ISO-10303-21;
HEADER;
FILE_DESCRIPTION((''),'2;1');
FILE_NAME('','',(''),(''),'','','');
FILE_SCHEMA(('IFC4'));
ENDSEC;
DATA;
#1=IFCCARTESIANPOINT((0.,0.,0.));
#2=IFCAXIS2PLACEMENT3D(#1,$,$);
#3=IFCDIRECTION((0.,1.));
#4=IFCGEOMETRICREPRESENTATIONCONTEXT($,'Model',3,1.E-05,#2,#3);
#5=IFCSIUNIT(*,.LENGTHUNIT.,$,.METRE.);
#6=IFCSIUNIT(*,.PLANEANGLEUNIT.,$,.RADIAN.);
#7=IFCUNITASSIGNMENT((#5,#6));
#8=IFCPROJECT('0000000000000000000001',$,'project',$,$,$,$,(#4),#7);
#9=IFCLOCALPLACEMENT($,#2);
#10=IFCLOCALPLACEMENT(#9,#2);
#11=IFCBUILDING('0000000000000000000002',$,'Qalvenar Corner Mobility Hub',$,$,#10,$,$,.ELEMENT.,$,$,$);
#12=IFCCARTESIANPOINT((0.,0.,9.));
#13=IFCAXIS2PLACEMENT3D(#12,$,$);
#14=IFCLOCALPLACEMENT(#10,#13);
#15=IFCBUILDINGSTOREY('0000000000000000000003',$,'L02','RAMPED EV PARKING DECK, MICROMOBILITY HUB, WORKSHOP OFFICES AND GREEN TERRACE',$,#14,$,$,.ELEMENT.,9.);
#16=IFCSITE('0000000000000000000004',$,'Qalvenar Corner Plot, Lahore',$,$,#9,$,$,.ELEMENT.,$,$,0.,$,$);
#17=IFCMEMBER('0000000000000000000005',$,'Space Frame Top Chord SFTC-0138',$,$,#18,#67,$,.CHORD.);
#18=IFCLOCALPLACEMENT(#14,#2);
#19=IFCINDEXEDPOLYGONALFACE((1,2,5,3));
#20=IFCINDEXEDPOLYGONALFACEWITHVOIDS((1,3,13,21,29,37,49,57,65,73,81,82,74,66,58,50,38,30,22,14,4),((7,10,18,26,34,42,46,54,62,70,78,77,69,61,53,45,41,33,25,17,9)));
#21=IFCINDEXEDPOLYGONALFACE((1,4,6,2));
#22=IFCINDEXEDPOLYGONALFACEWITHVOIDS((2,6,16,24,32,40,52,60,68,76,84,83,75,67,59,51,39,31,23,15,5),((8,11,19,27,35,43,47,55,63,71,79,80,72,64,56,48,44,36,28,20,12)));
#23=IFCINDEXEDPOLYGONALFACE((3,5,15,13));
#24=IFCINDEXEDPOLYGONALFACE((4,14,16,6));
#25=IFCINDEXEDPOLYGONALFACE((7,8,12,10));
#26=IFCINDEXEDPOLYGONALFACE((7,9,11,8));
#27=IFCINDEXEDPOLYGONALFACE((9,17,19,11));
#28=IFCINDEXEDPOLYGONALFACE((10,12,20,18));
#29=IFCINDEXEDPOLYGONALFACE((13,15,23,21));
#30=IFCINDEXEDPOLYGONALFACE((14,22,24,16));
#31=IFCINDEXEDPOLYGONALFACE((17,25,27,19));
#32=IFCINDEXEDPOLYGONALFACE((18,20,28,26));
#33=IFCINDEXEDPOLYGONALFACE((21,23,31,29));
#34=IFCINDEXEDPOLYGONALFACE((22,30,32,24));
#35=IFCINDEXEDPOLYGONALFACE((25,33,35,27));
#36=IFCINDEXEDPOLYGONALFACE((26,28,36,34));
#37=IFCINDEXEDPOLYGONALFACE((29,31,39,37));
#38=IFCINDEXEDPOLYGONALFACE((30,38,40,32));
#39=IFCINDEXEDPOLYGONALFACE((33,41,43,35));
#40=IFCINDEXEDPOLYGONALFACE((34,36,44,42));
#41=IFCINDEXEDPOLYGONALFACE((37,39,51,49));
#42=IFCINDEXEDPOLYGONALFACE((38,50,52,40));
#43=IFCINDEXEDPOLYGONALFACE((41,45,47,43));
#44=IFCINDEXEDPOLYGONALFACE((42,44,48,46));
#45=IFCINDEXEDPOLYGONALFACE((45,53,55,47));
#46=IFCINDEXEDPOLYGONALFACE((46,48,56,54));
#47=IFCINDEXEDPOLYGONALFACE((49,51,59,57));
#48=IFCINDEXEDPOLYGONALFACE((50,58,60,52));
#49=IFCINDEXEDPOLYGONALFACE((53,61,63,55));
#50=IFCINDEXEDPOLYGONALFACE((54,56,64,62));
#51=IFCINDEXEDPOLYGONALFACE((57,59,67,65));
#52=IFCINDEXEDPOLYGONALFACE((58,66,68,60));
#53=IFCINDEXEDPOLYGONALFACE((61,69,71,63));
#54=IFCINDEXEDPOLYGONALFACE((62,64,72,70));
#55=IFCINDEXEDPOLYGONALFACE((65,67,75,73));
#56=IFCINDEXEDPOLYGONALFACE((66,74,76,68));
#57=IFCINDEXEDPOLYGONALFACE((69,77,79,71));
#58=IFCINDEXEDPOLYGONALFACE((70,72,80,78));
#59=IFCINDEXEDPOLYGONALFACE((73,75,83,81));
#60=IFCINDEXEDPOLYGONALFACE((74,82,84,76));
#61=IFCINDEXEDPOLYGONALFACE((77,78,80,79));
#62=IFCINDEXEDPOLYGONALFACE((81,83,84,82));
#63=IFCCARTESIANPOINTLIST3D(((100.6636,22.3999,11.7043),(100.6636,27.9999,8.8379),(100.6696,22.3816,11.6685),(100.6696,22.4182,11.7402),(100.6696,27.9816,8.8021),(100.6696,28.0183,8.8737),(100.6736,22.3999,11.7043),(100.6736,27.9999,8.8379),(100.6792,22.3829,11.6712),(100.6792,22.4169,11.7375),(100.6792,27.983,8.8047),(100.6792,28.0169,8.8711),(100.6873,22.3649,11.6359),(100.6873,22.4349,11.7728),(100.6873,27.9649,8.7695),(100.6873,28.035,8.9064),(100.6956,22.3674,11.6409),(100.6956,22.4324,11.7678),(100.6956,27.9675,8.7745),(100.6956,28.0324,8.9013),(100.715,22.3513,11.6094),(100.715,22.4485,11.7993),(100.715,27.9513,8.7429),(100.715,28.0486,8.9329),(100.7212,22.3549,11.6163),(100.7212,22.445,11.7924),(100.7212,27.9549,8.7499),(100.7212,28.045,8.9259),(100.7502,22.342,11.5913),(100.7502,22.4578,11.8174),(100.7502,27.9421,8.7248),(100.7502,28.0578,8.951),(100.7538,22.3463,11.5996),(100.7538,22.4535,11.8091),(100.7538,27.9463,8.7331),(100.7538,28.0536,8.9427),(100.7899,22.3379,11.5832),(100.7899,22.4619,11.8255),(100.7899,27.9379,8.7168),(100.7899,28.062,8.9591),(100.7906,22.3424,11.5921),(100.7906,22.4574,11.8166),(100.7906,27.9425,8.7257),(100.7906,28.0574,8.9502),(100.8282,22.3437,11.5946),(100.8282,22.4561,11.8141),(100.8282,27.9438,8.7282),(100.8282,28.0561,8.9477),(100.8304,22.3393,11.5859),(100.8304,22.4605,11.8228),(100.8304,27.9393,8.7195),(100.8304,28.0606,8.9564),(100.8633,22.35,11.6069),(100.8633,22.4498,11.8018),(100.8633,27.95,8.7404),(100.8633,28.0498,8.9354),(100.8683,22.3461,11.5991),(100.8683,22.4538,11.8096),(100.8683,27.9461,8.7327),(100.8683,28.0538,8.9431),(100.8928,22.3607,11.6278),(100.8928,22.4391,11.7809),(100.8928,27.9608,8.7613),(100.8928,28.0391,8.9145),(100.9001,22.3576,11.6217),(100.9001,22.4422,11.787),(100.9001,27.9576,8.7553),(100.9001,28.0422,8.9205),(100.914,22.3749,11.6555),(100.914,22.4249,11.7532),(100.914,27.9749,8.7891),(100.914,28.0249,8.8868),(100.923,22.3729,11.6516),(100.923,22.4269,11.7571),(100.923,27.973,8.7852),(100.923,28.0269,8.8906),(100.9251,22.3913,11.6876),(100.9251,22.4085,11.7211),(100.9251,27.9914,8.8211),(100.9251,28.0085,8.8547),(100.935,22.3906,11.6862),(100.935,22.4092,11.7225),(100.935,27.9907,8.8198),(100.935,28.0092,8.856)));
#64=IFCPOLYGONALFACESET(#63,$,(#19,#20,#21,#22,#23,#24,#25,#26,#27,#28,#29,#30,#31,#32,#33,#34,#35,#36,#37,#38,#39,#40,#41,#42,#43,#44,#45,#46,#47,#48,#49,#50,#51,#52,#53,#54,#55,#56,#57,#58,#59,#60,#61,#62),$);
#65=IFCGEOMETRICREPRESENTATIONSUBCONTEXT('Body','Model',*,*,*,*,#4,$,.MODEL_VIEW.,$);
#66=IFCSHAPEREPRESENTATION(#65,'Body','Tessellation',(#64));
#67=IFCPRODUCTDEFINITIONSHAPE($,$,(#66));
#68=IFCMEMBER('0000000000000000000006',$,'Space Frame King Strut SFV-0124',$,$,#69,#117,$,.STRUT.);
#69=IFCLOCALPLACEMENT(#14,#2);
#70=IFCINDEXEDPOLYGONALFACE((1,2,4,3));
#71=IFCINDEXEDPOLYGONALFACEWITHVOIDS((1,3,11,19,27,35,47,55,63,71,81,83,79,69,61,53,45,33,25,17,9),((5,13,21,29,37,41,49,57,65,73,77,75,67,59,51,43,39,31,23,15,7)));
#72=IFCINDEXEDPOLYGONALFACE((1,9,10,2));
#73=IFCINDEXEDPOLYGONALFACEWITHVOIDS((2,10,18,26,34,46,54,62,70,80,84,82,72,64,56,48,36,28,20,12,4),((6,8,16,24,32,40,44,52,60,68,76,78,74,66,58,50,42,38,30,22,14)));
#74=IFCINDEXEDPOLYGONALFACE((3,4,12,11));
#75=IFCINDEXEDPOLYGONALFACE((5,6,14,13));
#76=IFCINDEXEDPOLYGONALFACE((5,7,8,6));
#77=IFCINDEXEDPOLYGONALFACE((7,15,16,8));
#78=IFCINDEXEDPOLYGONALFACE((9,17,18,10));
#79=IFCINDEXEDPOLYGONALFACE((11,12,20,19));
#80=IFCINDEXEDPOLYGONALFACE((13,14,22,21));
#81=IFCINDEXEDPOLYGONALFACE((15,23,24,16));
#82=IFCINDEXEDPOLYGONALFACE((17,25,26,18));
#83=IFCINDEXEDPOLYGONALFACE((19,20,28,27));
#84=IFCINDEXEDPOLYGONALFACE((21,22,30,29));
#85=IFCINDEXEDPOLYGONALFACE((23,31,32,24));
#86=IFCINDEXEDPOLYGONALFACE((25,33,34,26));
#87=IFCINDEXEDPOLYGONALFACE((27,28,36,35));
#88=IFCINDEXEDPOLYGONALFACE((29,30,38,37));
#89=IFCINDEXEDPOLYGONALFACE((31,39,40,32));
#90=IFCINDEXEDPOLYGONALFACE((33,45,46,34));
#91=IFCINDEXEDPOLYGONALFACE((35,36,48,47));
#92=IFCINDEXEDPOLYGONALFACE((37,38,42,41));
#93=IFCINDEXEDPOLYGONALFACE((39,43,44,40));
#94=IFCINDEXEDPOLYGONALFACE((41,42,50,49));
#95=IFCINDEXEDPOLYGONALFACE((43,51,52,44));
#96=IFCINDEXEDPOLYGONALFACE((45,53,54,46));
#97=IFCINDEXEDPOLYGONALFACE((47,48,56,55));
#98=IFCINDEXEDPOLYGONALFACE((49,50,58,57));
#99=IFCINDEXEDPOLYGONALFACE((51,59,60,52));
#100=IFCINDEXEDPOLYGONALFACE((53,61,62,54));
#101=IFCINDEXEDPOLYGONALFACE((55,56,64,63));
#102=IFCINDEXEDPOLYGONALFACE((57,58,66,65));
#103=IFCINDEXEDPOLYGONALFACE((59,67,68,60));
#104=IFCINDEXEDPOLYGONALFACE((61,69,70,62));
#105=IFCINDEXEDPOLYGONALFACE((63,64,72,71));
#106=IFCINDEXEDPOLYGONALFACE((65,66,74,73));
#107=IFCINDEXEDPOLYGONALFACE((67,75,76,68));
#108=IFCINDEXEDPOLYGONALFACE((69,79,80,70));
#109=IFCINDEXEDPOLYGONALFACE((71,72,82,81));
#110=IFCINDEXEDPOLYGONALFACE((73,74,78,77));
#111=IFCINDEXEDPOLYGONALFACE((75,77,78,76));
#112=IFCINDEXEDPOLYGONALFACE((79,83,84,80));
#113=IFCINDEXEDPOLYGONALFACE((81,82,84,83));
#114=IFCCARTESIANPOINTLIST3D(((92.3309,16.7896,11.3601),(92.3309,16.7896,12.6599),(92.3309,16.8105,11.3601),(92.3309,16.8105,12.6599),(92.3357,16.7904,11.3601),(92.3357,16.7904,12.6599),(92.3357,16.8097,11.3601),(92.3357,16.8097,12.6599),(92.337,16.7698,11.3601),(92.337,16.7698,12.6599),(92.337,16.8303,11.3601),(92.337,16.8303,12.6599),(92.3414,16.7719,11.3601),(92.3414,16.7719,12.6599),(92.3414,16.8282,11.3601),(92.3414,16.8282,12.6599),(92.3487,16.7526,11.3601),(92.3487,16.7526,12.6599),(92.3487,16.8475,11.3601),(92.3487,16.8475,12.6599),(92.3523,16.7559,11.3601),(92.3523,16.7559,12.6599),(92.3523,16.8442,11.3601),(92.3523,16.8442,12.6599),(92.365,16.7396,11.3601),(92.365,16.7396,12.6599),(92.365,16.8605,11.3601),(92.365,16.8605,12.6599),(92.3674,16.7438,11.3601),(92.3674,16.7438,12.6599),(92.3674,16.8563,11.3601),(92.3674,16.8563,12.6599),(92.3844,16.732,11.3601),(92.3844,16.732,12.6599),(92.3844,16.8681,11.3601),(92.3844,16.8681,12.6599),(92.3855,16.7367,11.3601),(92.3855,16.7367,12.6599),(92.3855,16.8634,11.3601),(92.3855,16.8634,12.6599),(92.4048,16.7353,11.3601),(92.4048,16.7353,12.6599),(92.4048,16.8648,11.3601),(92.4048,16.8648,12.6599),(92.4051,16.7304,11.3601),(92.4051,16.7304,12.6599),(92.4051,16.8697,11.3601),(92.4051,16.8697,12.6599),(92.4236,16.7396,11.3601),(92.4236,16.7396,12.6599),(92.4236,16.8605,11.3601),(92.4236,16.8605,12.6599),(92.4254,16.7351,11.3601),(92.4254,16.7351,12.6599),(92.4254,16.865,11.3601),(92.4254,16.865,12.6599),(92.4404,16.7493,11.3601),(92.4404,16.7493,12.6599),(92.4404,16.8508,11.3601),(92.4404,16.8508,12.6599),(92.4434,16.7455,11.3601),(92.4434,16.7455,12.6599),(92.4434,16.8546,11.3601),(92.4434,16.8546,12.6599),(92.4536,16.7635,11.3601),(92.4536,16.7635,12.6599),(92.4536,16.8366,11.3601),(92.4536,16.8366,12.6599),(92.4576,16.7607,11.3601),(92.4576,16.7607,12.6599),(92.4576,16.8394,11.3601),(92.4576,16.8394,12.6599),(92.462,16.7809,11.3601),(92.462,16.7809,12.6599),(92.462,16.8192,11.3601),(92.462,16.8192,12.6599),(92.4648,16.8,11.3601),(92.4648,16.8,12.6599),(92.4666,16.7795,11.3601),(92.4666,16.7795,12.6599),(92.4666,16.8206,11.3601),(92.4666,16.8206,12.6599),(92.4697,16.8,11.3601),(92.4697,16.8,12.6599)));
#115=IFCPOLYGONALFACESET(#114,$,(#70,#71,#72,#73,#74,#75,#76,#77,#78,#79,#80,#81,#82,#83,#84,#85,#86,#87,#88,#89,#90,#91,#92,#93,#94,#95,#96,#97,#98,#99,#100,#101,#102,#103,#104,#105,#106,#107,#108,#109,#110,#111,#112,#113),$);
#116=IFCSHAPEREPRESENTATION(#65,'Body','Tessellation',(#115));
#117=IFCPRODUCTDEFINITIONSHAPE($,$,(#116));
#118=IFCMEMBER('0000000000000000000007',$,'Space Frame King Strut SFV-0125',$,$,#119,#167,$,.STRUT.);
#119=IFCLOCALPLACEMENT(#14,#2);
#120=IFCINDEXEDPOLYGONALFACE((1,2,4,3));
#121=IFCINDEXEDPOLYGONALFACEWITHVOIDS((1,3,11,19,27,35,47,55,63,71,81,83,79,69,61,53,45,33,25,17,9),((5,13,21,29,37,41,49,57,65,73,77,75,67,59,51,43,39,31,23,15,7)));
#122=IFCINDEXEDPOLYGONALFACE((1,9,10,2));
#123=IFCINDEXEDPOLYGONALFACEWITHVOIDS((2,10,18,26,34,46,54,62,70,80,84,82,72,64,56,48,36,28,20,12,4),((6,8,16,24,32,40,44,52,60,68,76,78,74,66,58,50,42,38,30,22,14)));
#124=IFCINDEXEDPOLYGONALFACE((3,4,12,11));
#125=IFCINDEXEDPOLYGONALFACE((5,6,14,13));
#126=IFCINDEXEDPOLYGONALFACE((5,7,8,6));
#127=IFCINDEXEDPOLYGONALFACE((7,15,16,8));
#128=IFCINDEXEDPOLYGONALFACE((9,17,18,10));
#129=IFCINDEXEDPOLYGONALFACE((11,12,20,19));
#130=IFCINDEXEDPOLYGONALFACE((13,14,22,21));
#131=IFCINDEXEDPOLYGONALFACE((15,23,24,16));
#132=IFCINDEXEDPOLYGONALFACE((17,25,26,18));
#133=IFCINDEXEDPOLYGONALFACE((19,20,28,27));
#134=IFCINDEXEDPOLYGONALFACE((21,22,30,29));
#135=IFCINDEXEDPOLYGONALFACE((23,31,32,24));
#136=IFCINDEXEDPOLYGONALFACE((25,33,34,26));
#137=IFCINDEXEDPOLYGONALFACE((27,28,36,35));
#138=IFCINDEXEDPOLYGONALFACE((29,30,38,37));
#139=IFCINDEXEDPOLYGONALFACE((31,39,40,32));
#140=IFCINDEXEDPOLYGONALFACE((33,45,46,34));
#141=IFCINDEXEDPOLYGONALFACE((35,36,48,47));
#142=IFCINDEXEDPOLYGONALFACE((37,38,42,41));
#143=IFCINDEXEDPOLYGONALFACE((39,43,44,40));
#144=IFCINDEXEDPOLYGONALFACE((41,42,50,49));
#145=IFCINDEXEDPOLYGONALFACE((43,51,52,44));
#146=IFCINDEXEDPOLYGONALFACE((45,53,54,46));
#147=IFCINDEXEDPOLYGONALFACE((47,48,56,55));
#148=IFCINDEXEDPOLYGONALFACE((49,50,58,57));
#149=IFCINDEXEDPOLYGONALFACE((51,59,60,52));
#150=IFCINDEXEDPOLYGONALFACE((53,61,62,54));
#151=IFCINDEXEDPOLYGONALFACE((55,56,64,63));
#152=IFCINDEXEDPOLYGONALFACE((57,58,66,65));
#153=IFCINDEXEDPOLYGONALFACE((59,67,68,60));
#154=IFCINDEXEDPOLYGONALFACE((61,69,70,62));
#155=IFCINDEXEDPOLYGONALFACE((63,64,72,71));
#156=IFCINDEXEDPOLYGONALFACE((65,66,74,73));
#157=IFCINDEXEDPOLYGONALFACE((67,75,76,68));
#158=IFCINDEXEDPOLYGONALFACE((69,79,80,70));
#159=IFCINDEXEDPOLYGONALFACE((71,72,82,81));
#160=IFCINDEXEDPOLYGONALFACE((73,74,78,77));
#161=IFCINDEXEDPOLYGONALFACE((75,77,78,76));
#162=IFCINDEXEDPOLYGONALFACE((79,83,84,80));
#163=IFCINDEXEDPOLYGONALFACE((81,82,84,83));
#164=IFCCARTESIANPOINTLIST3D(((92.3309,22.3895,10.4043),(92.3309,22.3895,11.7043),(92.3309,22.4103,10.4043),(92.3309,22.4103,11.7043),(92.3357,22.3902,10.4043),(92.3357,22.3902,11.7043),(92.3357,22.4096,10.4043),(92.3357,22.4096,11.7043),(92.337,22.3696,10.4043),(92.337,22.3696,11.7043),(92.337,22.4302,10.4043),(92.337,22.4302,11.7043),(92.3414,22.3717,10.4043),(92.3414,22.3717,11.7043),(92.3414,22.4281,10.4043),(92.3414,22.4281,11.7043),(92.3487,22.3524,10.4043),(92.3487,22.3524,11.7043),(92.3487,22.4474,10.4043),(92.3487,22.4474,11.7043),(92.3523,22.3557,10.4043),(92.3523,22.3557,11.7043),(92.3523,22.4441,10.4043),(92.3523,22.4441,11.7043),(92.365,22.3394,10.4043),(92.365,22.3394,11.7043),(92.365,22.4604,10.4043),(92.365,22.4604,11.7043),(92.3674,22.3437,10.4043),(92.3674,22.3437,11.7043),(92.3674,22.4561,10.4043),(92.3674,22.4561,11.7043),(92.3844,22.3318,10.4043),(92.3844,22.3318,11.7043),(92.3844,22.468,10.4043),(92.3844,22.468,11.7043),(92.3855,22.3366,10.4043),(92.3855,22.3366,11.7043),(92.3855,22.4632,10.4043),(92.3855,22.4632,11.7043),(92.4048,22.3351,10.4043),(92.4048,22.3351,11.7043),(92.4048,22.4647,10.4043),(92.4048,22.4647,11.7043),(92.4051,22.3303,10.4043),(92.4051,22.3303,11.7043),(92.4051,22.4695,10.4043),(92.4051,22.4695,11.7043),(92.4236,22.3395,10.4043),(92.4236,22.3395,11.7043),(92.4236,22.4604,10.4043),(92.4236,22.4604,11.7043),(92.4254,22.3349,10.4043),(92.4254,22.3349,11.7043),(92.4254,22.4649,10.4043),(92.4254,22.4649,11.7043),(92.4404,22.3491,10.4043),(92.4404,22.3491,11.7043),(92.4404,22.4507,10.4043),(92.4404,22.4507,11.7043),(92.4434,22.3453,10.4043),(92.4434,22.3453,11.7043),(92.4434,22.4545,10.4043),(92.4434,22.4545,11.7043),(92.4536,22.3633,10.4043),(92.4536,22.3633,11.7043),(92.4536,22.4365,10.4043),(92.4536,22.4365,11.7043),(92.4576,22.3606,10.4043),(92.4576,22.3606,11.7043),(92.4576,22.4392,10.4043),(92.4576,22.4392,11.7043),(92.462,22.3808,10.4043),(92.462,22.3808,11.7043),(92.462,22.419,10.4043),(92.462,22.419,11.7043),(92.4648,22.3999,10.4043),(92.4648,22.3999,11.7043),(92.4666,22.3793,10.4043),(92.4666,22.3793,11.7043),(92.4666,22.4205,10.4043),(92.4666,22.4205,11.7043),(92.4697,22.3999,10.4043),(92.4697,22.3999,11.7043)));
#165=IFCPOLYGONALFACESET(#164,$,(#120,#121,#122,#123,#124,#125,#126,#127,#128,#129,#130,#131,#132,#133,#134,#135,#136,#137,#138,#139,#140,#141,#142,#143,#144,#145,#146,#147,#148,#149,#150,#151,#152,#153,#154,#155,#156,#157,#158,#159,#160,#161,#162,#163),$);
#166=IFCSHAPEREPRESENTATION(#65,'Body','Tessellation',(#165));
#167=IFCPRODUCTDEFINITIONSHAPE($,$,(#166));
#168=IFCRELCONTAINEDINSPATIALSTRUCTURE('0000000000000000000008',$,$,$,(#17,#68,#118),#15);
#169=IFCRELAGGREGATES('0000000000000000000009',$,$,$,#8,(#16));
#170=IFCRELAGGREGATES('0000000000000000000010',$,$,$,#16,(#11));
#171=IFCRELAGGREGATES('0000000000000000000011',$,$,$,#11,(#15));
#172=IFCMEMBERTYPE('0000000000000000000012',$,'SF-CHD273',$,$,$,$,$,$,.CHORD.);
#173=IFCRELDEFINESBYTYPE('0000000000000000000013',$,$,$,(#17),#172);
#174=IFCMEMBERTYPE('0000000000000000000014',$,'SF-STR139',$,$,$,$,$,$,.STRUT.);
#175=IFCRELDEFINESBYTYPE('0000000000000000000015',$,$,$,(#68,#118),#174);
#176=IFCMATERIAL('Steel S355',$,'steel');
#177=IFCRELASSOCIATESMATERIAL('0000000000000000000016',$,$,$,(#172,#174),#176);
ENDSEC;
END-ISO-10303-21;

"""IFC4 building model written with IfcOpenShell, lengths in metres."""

from ifc_helpers import new_model, si_unit, direction, frame, origin, origin_2d, place, context, subcontext, project, spatial, hollow_circle, extrude, material, material_profile, profile_set, type_object, element, save


model = new_model("IFC4")

# Units and contexts
model_context = context("Model", 3, precision=1e-05, world=origin(), true_north=direction((0.0, 1.0)))
body_context = subcontext(model_context, "Body", "Model", "MODEL_VIEW")
ifc_project = project(units=[si_unit("LENGTHUNIT", "METRE"), si_unit("PLANEANGLEUNIT", "RADIAN")], contexts=[model_context])

# Site, building, storey
site_placement = place(None, origin())
site = spatial("IfcSite", under=ifc_project, at=site_placement, Name="Qalvenar Corner Plot, Lahore", CompositionType="ELEMENT", RefElevation=0.0)
building_placement = place(site_placement, origin())
building = spatial("IfcBuilding", under=site, at=building_placement, Name="Qalvenar Corner Mobility Hub", CompositionType="ELEMENT")
storey_placement = place(building_placement, frame((0.0, 0.0, 9.0)))
storey = spatial("IfcBuildingStorey", under=building, at=storey_placement, Name="L02", Description="RAMPED EV PARKING DECK, MICROMOBILITY HUB, WORKSHOP OFFICES AND GREEN TERRACE", CompositionType="ELEMENT", Elevation=9.0)

# Members
ifc_material_1 = material(Name="Steel S355", Category="steel")
ifc_material_profile_1 = material_profile(ifc_material_1, hollow_circle(Radius=0.1365, WallThickness=0.01, at=origin_2d()), Name="CHS273x10")
ifc_profile_set_1 = profile_set([ifc_material_profile_1], Name="Steel S355")
member_type_1 = type_object("IfcMemberType", Name="SF-CHD273", PredefinedType="CHORD", material=ifc_profile_set_1)
member_1_placement = place(storey_placement, frame((100.8, 22.3999, 11.7043), z_axis=(0.0, 0.890165, -0.455638), x_axis=(-1.0, 0.0, 0.0)))
element("IfcMember", 1, at=member_1_placement, inside=storey, type_object=member_type_1, Name="Space Frame Top Chord SFTC-0138", PredefinedType="CHORD", context=body_context, shape_type="SweptSolid", body=[
    extrude(hollow_circle(Radius=0.1365, WallThickness=0.01, at=origin_2d()), origin(), (0.0, 0.0, 1.0), 6.291),
])
ifc_material_profile_2 = material_profile(ifc_material_1, hollow_circle(Radius=0.0698, WallThickness=0.0049, at=origin_2d()), Name="CHS139.7x5")
ifc_profile_set_2 = profile_set([ifc_material_profile_2], Name="Steel S355")
member_type_2 = type_object("IfcMemberType", Name="SF-STR139", PredefinedType="STRUT", material=ifc_profile_set_2)
member_2_placement = place(storey_placement, frame((92.3999, 16.8, 11.3601), z_axis=(0.0, 0.0, 1.0), x_axis=(1.0, 0.0, 0.0)))
element("IfcMember", 2, at=member_2_placement, inside=storey, type_object=member_type_2, Name="Space Frame King Strut SFV-0124", PredefinedType="STRUT", context=body_context, shape_type="SweptSolid", body=[
    extrude(hollow_circle(Radius=0.0698, WallThickness=0.0049, at=origin_2d()), origin(), (0.0, 0.0, 1.0), 1.2998),
])
member_3_placement = place(storey_placement, frame((92.3999, 22.3999, 10.4043), z_axis=(0.0, 0.0, 1.0), x_axis=(1.0, 0.0, 0.0)))
element("IfcMember", 3, at=member_3_placement, inside=storey, type_object=member_type_2, Name="Space Frame King Strut SFV-0125", PredefinedType="STRUT", context=body_context, shape_type="SweptSolid", body=[
    extrude(hollow_circle(Radius=0.0698, WallThickness=0.0049, at=origin_2d()), origin(), (0.0, 0.0, 1.0), 1.3),
])

save(model, "model.ifc")
